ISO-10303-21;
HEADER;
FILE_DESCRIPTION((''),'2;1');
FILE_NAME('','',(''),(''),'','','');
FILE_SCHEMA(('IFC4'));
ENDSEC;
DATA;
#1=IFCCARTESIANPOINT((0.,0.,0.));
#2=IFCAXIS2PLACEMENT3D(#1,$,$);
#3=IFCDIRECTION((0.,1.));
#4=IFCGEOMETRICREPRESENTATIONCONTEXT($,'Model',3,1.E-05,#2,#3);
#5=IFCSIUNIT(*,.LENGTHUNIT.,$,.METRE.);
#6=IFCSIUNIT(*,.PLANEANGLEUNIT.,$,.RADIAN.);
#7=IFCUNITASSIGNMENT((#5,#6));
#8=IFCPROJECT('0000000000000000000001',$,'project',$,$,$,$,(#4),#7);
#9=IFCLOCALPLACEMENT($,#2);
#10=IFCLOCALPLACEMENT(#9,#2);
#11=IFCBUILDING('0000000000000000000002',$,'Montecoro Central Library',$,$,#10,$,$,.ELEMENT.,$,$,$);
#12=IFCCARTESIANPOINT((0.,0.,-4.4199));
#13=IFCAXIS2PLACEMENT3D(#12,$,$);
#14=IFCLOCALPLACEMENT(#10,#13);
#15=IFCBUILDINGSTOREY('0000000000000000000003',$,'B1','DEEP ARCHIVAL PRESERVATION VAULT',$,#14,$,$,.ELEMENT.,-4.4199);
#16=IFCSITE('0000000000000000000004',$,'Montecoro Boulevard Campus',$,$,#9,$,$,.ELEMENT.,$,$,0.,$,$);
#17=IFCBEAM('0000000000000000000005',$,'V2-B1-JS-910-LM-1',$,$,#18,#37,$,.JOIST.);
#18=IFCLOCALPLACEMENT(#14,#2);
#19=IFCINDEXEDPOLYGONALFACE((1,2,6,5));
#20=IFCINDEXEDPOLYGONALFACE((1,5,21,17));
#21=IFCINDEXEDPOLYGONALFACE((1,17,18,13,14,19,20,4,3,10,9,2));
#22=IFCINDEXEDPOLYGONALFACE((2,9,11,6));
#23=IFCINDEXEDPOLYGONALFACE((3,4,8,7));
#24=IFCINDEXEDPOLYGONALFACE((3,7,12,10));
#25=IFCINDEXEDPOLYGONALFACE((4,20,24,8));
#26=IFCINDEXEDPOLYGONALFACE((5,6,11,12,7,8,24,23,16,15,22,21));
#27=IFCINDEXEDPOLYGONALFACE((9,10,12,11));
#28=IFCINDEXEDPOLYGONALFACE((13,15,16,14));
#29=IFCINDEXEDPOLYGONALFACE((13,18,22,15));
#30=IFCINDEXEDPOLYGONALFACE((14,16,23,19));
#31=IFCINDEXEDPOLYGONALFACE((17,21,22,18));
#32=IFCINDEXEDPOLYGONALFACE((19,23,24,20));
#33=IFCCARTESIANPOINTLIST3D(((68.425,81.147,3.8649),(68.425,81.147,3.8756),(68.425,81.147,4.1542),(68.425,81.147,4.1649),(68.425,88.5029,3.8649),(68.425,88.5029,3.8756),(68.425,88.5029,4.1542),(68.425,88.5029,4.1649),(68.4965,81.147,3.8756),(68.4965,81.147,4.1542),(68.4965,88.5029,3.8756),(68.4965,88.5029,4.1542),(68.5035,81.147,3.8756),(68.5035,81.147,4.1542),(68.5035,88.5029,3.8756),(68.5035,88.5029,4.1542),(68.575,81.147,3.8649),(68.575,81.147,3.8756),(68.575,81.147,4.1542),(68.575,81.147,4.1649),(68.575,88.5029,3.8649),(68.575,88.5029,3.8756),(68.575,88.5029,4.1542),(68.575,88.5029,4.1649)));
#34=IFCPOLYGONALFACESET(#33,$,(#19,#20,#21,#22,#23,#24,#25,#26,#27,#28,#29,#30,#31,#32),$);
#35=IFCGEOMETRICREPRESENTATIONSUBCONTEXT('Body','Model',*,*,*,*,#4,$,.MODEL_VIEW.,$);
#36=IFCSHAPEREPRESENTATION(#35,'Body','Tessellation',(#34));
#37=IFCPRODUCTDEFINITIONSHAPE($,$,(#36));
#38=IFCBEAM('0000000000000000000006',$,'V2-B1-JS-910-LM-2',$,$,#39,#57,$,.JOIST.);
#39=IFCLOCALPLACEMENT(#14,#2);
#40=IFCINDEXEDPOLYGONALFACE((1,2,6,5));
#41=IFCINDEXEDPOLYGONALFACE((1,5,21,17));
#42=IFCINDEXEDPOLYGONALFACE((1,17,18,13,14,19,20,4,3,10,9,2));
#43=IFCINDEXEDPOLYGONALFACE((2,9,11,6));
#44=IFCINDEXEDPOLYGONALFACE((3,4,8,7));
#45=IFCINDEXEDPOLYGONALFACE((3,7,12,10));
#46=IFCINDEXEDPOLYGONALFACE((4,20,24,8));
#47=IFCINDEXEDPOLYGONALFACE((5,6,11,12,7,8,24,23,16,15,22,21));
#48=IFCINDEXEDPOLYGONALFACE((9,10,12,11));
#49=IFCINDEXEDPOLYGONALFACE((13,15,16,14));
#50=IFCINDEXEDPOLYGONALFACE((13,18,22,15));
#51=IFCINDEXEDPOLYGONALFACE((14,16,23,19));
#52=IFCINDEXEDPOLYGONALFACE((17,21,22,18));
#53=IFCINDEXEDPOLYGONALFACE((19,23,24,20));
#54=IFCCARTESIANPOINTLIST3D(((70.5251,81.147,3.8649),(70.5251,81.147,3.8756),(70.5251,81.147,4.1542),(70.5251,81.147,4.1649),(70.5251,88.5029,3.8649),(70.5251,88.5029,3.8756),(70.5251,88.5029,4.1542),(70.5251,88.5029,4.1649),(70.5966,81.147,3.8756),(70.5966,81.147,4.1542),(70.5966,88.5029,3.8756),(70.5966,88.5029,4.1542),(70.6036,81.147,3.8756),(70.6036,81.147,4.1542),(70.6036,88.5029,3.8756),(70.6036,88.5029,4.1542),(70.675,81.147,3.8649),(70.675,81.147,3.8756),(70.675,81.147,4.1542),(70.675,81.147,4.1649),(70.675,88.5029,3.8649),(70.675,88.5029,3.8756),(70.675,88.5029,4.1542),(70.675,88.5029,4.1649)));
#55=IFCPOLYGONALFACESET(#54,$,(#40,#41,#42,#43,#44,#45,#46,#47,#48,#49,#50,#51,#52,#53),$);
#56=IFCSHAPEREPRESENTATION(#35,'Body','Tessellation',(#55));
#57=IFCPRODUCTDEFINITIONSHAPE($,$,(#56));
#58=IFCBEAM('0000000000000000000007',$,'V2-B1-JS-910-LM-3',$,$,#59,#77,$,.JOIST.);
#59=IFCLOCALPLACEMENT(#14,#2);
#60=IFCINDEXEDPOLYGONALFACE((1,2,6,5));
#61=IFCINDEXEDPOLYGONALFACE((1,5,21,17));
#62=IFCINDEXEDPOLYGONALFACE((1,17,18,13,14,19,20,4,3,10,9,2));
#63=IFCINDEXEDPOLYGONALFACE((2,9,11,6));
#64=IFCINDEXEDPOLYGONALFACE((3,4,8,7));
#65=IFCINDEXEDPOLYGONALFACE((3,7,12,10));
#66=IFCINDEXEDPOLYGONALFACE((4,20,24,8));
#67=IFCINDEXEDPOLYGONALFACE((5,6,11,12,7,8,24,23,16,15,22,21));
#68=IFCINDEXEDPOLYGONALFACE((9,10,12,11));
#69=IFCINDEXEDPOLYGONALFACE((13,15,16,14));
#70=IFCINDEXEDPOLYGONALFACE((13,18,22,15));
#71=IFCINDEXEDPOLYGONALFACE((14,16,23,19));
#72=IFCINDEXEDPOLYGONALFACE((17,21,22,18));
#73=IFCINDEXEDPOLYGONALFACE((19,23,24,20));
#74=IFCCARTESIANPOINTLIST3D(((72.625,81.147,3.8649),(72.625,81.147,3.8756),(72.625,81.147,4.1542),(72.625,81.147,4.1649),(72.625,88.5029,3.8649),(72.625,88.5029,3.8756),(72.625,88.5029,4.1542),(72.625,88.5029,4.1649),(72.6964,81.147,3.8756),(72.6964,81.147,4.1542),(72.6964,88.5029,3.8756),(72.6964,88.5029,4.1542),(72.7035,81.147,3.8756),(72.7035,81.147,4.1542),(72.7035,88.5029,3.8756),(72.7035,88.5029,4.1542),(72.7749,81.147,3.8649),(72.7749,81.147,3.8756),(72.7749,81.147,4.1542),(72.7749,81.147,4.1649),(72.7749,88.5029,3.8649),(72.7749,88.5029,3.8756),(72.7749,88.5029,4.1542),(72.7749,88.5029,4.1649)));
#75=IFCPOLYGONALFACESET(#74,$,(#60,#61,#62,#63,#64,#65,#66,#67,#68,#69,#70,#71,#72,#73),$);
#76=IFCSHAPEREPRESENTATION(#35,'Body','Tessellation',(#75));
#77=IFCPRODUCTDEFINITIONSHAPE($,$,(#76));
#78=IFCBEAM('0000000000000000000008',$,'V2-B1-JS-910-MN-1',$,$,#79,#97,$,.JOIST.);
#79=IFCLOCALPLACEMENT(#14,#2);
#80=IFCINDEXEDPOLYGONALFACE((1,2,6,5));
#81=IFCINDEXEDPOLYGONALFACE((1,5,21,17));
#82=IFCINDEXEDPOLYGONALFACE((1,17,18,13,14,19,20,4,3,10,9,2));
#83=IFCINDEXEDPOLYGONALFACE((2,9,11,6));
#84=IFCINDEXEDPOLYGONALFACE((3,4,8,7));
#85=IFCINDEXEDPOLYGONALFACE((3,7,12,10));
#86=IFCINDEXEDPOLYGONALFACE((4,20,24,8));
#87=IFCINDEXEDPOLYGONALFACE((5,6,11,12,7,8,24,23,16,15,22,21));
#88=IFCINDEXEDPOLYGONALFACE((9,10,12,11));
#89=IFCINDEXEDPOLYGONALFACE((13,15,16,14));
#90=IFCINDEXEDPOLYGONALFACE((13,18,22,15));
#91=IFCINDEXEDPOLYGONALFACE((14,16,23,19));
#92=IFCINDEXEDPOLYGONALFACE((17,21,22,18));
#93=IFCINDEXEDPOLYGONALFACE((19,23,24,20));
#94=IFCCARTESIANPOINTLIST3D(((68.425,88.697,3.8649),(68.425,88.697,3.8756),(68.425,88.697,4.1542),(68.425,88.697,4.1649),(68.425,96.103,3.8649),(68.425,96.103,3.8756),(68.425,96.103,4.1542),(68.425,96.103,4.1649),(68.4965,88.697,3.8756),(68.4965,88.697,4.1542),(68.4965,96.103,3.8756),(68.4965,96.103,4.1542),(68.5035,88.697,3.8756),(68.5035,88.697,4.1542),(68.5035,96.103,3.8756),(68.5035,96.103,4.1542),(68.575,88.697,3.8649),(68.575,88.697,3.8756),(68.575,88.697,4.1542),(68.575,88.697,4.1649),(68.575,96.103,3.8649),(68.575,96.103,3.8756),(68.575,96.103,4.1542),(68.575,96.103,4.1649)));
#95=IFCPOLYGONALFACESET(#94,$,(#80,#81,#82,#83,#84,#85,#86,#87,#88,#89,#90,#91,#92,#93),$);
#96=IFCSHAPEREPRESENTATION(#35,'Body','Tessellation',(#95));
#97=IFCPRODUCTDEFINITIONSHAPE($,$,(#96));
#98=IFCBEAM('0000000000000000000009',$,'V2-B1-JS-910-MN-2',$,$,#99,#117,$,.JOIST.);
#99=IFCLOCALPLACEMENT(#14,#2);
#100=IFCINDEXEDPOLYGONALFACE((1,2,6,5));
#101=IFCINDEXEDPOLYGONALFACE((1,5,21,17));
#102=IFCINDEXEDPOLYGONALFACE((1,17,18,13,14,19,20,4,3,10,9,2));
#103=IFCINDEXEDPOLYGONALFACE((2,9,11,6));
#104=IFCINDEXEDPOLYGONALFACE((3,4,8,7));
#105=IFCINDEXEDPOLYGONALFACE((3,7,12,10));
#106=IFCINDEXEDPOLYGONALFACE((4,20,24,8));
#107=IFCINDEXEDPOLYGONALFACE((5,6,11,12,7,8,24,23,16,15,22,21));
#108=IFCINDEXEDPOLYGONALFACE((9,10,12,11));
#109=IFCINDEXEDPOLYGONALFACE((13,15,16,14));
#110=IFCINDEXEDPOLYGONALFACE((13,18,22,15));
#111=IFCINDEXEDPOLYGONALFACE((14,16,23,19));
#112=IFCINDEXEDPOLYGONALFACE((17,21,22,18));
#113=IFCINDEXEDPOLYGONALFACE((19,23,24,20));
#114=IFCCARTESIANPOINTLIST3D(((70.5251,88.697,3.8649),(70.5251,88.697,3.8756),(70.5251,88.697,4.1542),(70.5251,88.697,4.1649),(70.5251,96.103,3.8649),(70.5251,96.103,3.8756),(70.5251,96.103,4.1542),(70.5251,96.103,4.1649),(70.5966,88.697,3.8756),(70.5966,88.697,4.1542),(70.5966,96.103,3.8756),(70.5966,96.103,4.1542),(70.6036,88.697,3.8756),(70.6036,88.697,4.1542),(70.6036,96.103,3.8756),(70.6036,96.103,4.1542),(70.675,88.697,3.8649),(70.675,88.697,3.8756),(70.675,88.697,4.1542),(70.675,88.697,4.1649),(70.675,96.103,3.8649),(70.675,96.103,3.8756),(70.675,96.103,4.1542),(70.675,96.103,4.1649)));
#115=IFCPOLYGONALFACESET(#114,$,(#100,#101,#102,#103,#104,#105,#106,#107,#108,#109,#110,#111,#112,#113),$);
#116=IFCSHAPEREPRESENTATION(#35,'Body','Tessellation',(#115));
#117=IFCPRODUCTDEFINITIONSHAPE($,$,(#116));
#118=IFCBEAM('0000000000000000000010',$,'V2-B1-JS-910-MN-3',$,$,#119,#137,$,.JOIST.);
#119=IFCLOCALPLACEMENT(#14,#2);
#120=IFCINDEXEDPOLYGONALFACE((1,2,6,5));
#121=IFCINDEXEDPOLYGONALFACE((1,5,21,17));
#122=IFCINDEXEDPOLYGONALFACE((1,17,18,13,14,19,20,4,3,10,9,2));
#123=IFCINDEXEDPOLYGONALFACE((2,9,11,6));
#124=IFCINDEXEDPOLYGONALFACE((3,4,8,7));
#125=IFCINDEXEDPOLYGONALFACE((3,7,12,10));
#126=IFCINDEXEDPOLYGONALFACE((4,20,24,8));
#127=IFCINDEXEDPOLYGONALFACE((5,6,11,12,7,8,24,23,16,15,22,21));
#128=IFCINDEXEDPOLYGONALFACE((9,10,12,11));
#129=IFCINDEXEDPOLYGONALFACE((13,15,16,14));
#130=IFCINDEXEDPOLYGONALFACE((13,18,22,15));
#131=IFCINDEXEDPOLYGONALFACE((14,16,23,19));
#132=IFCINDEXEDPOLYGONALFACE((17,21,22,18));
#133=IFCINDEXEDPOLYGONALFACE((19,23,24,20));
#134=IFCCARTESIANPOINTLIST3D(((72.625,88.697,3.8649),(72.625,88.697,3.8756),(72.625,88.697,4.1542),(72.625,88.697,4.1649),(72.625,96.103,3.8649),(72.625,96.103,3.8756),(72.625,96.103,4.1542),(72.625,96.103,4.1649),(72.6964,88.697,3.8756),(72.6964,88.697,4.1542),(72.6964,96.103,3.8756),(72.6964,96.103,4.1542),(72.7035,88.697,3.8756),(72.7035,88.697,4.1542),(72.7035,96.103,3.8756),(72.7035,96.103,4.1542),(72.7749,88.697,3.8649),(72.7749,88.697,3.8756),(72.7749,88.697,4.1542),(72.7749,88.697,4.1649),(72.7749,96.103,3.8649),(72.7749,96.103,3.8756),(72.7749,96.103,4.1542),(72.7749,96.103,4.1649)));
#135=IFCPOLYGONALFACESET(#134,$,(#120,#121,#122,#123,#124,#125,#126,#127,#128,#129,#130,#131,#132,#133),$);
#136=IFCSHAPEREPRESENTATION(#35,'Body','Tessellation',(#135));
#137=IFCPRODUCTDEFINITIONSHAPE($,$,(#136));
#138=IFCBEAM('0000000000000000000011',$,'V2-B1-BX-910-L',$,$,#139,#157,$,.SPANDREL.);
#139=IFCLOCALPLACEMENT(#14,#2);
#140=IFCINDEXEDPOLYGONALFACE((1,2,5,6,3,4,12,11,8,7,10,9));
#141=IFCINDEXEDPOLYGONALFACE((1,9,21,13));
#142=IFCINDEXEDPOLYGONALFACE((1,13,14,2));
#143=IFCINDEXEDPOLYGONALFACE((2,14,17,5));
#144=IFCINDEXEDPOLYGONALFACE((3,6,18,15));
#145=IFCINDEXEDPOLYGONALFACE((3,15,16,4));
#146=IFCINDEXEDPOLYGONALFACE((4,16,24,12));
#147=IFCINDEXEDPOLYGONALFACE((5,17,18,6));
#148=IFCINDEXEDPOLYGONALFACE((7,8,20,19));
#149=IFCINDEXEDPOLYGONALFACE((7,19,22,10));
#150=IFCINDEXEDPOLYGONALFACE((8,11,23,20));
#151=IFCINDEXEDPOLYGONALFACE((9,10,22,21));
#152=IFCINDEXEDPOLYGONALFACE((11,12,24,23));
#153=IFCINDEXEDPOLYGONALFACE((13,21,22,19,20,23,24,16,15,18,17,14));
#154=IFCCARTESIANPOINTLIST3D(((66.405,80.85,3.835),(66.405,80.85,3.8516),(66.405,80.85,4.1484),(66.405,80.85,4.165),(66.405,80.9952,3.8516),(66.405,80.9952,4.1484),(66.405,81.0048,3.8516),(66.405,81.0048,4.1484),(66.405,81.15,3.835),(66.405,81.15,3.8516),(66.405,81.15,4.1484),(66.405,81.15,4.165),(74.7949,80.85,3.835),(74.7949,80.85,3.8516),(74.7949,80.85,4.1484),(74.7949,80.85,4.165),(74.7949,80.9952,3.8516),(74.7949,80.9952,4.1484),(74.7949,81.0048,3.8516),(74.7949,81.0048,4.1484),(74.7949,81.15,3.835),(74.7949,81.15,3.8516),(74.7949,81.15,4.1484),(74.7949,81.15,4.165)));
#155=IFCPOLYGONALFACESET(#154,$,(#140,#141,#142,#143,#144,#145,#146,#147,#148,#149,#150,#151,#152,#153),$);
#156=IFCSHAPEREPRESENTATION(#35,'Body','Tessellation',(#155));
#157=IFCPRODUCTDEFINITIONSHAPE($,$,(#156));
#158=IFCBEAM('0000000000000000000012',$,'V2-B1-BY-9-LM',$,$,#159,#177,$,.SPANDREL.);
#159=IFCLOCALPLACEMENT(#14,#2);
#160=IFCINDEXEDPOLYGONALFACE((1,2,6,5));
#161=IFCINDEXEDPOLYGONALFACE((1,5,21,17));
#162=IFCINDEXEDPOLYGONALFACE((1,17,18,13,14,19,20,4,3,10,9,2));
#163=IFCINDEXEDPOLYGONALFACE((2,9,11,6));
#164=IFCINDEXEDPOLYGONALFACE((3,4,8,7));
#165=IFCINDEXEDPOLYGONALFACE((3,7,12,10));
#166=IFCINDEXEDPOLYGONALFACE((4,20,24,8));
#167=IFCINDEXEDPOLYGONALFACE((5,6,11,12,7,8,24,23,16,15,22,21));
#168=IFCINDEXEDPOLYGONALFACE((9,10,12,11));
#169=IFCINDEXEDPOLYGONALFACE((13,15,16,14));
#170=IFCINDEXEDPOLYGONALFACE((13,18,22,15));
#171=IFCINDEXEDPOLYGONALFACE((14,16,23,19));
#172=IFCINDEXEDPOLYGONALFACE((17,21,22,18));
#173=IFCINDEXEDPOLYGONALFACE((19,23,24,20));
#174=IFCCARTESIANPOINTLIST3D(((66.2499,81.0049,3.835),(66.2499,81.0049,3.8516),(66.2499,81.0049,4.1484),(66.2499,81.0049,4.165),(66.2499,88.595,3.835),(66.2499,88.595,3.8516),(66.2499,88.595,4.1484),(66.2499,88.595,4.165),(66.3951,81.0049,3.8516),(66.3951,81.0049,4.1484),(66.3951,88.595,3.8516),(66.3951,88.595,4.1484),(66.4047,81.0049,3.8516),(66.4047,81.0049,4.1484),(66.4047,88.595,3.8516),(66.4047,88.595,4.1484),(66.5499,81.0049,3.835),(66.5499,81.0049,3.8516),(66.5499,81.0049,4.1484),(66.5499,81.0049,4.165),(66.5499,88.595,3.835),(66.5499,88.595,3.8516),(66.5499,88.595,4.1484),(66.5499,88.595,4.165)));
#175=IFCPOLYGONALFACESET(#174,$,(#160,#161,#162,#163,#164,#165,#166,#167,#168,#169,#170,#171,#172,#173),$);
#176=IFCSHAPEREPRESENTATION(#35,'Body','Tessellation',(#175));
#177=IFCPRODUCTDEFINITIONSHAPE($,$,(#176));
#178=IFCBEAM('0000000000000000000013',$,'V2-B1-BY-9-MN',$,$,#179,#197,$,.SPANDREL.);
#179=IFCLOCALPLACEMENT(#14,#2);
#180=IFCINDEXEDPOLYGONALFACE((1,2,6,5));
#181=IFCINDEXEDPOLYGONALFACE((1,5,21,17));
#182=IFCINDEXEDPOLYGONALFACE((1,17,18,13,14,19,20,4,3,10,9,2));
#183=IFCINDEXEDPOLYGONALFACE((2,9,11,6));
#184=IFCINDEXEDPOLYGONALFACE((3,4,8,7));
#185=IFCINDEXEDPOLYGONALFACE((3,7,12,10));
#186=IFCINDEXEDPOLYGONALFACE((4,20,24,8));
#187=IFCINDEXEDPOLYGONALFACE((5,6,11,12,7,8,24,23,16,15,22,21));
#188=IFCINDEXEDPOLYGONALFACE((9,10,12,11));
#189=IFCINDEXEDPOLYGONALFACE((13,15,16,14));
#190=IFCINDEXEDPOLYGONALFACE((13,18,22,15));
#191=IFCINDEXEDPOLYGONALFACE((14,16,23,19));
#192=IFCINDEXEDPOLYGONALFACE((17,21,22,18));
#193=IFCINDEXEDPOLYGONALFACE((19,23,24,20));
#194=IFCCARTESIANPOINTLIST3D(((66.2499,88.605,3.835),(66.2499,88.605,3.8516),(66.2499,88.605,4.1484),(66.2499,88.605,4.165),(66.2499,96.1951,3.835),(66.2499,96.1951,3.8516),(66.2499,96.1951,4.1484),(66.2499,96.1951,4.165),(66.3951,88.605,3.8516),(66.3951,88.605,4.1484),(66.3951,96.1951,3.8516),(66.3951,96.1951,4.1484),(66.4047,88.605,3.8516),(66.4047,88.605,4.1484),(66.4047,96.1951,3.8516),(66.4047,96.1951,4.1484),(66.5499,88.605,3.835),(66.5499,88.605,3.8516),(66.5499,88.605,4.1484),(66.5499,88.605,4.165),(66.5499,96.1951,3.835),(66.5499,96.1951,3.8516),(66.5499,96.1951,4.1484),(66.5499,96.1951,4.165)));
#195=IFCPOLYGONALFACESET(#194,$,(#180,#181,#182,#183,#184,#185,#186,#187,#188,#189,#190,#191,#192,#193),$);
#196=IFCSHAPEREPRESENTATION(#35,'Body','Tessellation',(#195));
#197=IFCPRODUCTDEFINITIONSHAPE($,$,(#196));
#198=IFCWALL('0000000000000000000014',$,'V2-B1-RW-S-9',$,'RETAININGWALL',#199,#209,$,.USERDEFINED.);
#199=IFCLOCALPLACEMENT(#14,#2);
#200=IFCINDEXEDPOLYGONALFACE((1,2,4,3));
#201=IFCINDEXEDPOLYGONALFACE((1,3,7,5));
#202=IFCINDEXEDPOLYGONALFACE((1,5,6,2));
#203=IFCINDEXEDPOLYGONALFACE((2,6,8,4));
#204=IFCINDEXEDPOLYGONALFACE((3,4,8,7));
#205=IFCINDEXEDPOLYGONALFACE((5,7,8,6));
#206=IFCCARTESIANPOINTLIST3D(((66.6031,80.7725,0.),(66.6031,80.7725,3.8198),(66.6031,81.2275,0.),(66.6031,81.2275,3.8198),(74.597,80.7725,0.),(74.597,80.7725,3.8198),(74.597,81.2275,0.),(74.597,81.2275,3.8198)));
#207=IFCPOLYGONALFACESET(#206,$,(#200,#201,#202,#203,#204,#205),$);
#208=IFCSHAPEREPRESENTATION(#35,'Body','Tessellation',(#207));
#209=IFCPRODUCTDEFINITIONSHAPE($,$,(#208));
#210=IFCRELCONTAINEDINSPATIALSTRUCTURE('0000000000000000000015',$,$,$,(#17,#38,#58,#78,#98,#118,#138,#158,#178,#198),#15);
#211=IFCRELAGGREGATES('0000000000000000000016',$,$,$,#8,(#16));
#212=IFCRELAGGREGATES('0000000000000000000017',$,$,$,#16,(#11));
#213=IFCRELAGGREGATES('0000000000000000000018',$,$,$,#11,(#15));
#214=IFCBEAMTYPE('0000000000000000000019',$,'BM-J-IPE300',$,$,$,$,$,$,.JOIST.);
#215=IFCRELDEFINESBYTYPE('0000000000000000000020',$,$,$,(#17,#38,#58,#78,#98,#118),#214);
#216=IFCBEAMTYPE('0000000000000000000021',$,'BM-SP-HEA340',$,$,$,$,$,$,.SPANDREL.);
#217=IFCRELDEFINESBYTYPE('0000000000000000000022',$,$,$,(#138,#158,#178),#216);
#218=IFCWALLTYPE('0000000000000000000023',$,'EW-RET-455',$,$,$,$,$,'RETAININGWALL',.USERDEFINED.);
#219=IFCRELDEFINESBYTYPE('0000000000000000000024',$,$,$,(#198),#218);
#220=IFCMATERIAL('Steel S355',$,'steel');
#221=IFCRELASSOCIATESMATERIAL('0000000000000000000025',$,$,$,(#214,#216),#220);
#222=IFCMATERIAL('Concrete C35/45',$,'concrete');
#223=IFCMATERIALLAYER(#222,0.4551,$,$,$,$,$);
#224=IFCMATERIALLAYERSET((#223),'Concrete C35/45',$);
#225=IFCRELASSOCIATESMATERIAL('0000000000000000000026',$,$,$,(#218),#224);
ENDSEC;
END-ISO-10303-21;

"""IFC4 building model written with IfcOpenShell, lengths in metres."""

from ifc_helpers import new_model, si_unit, direction, frame, frame_2d, origin, origin_2d, place, context, subcontext, project, spatial, rectangle, i_section, extrude, material, layer, layer_set, material_profile, profile_set, type_object, element, save


model = new_model("IFC4")

# Units and contexts
model_context = context("Model", 3, precision=1e-05, world=origin(), true_north=direction((0.0, 1.0)))
body_context = subcontext(model_context, "Body", "Model", "MODEL_VIEW")
ifc_project = project(units=[si_unit("LENGTHUNIT", "METRE"), si_unit("PLANEANGLEUNIT", "RADIAN")], contexts=[model_context])

# Site, building, storey
site_placement = place(None, origin())
site = spatial("IfcSite", under=ifc_project, at=site_placement, Name="Montecoro Boulevard Campus", CompositionType="ELEMENT", RefElevation=0.0)
building_placement = place(site_placement, origin())
building = spatial("IfcBuilding", under=site, at=building_placement, Name="Montecoro Central Library", CompositionType="ELEMENT")
storey_placement = place(building_placement, frame((0.0, 0.0, -4.4199)))
storey = spatial("IfcBuildingStorey", under=building, at=storey_placement, Name="B1", Description="DEEP ARCHIVAL PRESERVATION VAULT", CompositionType="ELEMENT", Elevation=-4.4199)

# Shared definitions
ifc_material_1 = material(Name="Concrete C35/45", Category="concrete")

# Beams
ifc_material_2 = material(Name="Steel S355", Category="steel")
ifc_material_profile_1 = material_profile(ifc_material_2, i_section(OverallWidth=0.1499, OverallDepth=0.3, WebThickness=0.0071, FlangeThickness=0.0107, at=origin_2d()), Name="IPE 300")
ifc_profile_set_1 = profile_set([ifc_material_profile_1], Name="Steel S355")
beam_type_1 = type_object("IfcBeamType", Name="BM-J-IPE300", PredefinedType="JOIST", material=ifc_profile_set_1)
for number, where, z_axis, x_axis, name in (
    (1, (68.5, 81.147, 4.0149), (0.0, 1.0, 0.0), (-1.0, 0.0, 0.0), "V2-B1-JS-910-LM-1"),
    (2, (70.6001, 81.147, 4.0149), (0.0, 1.0, 0.0), (-1.0, 0.0, 0.0), "V2-B1-JS-910-LM-2"),
    (3, (72.7, 81.147, 4.0149), (0.0, 1.0, 0.0), (-1.0, 0.0, 0.0), "V2-B1-JS-910-LM-3"),
):
    element("IfcBeam", number, at=place(storey_placement, frame(where, z_axis=z_axis, x_axis=x_axis)), inside=storey, type_object=beam_type_1, Name=name, PredefinedType="JOIST", context=body_context, shape_type="SweptSolid", body=[
        extrude(i_section(OverallWidth=0.1499, OverallDepth=0.3, WebThickness=0.0071, FlangeThickness=0.0107, at=origin_2d()), origin(), (0.0, 0.0, 1.0), 7.356),
    ])
for number, where, z_axis, x_axis, name in (
    (4, (68.5, 88.697, 4.0149), (0.0, 1.0, 0.0), (-1.0, 0.0, 0.0), "V2-B1-JS-910-MN-1"),
    (5, (70.6001, 88.697, 4.0149), (0.0, 1.0, 0.0), (-1.0, 0.0, 0.0), "V2-B1-JS-910-MN-2"),
    (6, (72.7, 88.697, 4.0149), (0.0, 1.0, 0.0), (-1.0, 0.0, 0.0), "V2-B1-JS-910-MN-3"),
):
    element("IfcBeam", number, at=place(storey_placement, frame(where, z_axis=z_axis, x_axis=x_axis)), inside=storey, type_object=beam_type_1, Name=name, PredefinedType="JOIST", context=body_context, shape_type="SweptSolid", body=[
        extrude(i_section(OverallWidth=0.1499, OverallDepth=0.3, WebThickness=0.0071, FlangeThickness=0.0107, at=origin_2d()), origin(), (0.0, 0.0, 1.0), 7.406),
    ])
ifc_material_profile_2 = material_profile(ifc_material_2, i_section(OverallWidth=0.3, OverallDepth=0.3301, WebThickness=0.0095, FlangeThickness=0.0166, at=origin_2d()), Name="HEA 340")
ifc_profile_set_2 = profile_set([ifc_material_profile_2], Name="Steel S355")
beam_type_2 = type_object("IfcBeamType", Name="BM-SP-HEA340", PredefinedType="SPANDREL", material=ifc_profile_set_2)
beam_1_placement = place(storey_placement, frame((66.405, 81.0, 4.0), z_axis=(1.0, 0.0, 0.0), x_axis=(0.0, 1.0, 0.0)))
element("IfcBeam", 7, at=beam_1_placement, inside=storey, type_object=beam_type_2, Name="V2-B1-BX-910-L", PredefinedType="SPANDREL", context=body_context, shape_type="SweptSolid", body=[
    extrude(i_section(OverallWidth=0.3, OverallDepth=0.3301, WebThickness=0.0095, FlangeThickness=0.0166, at=origin_2d()), origin(), (0.0, 0.0, 1.0), 8.3899),
])
for number, where, z_axis, x_axis, name in (
    (8, (66.3999, 81.0049, 4.0), (0.0, 1.0, 0.0), (-1.0, 0.0, 0.0), "V2-B1-BY-9-LM"),
    (9, (66.3999, 88.605, 4.0), (0.0, 1.0, 0.0), (-1.0, 0.0, 0.0), "V2-B1-BY-9-MN"),
):
    element("IfcBeam", number, at=place(storey_placement, frame(where, z_axis=z_axis, x_axis=x_axis)), inside=storey, type_object=beam_type_2, Name=name, PredefinedType="SPANDREL", context=body_context, shape_type="SweptSolid", body=[
        extrude(i_section(OverallWidth=0.3, OverallDepth=0.3301, WebThickness=0.0095, FlangeThickness=0.0166, at=origin_2d()), origin(), (0.0, 0.0, 1.0), 7.5901),
    ])

# Wall
ifc_layer = layer(ifc_material_1, 0.4551)
ifc_layer_set = layer_set([ifc_layer], Name="Concrete C35/45")
wall_type = type_object("IfcWallType", Name="EW-RET-455", ElementType="RETAININGWALL", PredefinedType="USERDEFINED", material=ifc_layer_set)
wall_placement = place(storey_placement, frame((66.603, 81.0, 0.0), z_axis=(0.0, 0.0, 1.0), x_axis=(1.0, 0.0, 0.0)))
element("IfcWall", 10, at=wall_placement, inside=storey, type_object=wall_type, Name="V2-B1-RW-S-9", ObjectType="RETAININGWALL", PredefinedType="USERDEFINED", context=body_context, shape_type="SweptSolid", body=[
    extrude(rectangle(XDim=7.9939, YDim=0.4551, at=frame_2d((3.9971, 0.0))), origin(), (0.0, 0.0, 1.0), 3.8198),
])

save(model, "model.ifc")
